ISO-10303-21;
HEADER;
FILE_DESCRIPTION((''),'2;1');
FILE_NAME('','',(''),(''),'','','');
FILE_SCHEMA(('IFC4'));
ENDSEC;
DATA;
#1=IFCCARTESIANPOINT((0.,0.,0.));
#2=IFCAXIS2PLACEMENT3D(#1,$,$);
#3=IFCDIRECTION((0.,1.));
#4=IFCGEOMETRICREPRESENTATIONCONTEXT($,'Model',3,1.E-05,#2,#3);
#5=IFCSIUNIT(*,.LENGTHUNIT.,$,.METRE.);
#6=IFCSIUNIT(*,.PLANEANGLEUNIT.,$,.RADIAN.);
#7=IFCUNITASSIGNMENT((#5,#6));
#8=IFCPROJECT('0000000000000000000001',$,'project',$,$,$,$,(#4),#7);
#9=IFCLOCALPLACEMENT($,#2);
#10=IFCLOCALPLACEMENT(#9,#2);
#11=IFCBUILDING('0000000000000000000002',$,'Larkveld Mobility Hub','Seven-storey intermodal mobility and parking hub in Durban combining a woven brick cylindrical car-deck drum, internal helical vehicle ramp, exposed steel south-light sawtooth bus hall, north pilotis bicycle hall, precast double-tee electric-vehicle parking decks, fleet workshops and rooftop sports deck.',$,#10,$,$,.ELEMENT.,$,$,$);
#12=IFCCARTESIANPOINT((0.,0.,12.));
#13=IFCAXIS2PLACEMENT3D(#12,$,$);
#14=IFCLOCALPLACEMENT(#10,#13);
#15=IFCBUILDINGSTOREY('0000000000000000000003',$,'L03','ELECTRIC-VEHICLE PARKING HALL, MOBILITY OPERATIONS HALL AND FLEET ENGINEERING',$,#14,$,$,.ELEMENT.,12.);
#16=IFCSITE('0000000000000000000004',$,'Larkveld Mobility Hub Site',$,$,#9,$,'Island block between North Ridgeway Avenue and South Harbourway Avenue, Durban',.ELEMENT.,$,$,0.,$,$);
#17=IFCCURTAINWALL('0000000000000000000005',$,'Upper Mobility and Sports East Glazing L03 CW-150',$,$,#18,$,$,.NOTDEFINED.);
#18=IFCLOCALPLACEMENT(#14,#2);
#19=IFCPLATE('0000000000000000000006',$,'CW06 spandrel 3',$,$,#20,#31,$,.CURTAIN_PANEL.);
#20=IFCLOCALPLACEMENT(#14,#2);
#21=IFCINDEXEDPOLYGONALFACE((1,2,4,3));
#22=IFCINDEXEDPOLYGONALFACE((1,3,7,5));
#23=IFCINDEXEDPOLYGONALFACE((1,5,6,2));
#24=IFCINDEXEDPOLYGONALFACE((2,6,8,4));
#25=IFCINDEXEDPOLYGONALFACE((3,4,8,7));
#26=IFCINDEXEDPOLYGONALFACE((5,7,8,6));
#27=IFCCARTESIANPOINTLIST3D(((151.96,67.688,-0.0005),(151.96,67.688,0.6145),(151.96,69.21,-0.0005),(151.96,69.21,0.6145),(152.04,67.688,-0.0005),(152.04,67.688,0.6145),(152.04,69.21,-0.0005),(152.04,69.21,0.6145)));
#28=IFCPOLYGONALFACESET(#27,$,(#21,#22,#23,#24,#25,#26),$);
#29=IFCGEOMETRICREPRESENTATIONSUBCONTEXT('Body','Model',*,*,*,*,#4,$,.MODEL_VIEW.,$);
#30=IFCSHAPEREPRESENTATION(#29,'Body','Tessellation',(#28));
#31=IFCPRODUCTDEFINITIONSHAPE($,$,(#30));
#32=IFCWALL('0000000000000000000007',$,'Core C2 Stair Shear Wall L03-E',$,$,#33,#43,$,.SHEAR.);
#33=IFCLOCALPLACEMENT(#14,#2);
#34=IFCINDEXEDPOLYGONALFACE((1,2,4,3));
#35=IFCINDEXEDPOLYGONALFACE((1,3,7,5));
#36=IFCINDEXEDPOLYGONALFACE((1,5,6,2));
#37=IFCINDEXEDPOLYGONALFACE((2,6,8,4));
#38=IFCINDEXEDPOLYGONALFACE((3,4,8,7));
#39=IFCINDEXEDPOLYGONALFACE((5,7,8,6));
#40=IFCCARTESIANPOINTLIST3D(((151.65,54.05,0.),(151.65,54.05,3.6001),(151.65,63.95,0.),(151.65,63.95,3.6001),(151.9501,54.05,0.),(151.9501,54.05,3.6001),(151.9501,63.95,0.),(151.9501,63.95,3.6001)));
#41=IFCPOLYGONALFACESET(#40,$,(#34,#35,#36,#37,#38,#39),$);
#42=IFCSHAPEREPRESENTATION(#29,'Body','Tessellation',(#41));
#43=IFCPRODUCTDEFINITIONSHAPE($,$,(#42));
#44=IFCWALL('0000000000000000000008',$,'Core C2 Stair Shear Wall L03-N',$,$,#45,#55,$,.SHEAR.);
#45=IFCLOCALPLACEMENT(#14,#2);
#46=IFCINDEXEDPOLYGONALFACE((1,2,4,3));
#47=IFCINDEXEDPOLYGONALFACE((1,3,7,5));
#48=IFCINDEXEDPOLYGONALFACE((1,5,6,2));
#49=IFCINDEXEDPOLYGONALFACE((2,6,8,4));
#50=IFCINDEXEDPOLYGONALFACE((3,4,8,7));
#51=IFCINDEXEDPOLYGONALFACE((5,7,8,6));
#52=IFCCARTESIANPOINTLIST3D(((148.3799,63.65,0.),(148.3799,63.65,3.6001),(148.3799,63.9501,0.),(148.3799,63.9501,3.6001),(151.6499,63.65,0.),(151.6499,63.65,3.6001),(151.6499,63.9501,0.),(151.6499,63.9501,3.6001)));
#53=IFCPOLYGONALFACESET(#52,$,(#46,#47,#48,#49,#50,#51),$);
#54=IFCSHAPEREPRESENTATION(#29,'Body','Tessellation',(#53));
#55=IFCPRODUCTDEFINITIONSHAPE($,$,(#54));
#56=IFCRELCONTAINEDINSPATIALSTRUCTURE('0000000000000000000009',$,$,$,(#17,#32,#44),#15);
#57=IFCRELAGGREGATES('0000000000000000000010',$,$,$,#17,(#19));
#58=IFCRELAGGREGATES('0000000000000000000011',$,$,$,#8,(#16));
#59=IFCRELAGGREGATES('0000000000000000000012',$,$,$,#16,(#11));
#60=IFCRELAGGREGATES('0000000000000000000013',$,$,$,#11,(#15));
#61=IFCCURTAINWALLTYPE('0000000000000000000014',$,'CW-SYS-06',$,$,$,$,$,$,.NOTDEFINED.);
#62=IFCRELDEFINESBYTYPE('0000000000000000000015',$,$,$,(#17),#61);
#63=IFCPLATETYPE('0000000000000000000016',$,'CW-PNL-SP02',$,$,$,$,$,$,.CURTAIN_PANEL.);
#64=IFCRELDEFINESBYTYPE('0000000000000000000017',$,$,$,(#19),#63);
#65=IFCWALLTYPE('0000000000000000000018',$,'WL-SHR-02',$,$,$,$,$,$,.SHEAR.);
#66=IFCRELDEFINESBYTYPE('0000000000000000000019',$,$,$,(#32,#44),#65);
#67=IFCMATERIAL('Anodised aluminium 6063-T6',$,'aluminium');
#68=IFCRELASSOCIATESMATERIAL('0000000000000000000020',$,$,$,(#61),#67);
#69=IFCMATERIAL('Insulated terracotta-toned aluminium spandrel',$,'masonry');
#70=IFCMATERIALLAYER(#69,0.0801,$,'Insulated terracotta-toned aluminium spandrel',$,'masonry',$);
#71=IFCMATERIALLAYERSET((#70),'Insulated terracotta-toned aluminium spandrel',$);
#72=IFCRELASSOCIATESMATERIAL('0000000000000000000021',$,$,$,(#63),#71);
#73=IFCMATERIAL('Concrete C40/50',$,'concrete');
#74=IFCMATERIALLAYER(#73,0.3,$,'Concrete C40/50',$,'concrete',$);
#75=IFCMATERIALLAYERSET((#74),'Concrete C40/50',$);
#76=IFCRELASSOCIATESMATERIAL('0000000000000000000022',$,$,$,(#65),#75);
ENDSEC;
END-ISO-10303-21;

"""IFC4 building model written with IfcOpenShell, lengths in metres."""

from ifc_helpers import new_model, si_unit, direction, frame, frame_2d, origin, origin_2d, place, context, subcontext, project, spatial, rectangle, extrude, material, layer, layer_set, type_object, element, aggregate, save


model = new_model("IFC4")

# Units and contexts
model_context = context("Model", 3, precision=1e-05, world=origin(), true_north=direction((0.0, 1.0)))
body_context = subcontext(model_context, "Body", "Model", "MODEL_VIEW")
ifc_project = project(units=[si_unit("LENGTHUNIT", "METRE"), si_unit("PLANEANGLEUNIT", "RADIAN")], contexts=[model_context])

# Site, building, storey
site_placement = place(None, origin())
site = spatial("IfcSite", under=ifc_project, at=site_placement, Name="Larkveld Mobility Hub Site", LongName="Island block between North Ridgeway Avenue and South Harbourway Avenue, Durban", CompositionType="ELEMENT", RefElevation=0.0)
building_placement = place(site_placement, origin())
building = spatial("IfcBuilding", under=site, at=building_placement, Name="Larkveld Mobility Hub", Description="Seven-storey intermodal mobility and parking hub in Durban combining a woven brick cylindrical car-deck drum, internal helical vehicle ramp, exposed steel south-light sawtooth bus hall, north pilotis bicycle hall, precast double-tee electric-vehicle parking decks, fleet workshops and rooftop sports deck.", CompositionType="ELEMENT")
storey_placement = place(building_placement, frame((0.0, 0.0, 12.0)))
storey = spatial("IfcBuildingStorey", under=building, at=storey_placement, Name="L03", Description="ELECTRIC-VEHICLE PARKING HALL, MOBILITY OPERATIONS HALL AND FLEET ENGINEERING", CompositionType="ELEMENT", Elevation=12.0)

# Shared definitions
ifc_material_1 = material(Name="Concrete C40/50", Category="concrete")

# Curtain wall
ifc_material_2 = material(Name="Anodised aluminium 6063-T6", Category="aluminium")
curtain_wall_type = type_object("IfcCurtainWallType", Name="CW-SYS-06", PredefinedType="NOTDEFINED", material=ifc_material_2)
curtain_wall_placement = place(storey_placement, origin())
curtain_wall = element("IfcCurtainWall", 1, at=curtain_wall_placement, inside=storey, type_object=curtain_wall_type, Name="Upper Mobility and Sports East Glazing L03 CW-150", PredefinedType="NOTDEFINED")

# Plate
ifc_material_3 = material(Name="Insulated terracotta-toned aluminium spandrel", Category="masonry")
ifc_layer_1 = layer(ifc_material_3, 0.0801, Name="Insulated terracotta-toned aluminium spandrel", Category="masonry")
ifc_layer_set_1 = layer_set([ifc_layer_1], Name="Insulated terracotta-toned aluminium spandrel")
plate_type_1 = type_object("IfcPlateType", Name="CW-PNL-SP02", PredefinedType="CURTAIN_PANEL", material=ifc_layer_set_1)
plate_1_placement = place(storey_placement, frame((152.0, 68.449, -0.0005), z_axis=(0.0, 0.0, 1.0), x_axis=(0.0, 1.0, 0.0)))
plate_1 = element("IfcPlate", 2, at=plate_1_placement, type_object=plate_type_1, Name="CW06 spandrel 3", PredefinedType="CURTAIN_PANEL", context=body_context, shape_type="SweptSolid", body=[
    extrude(rectangle(XDim=1.522, YDim=0.0801, at=origin_2d()), origin(), (0.0, 0.0, 1.0), 0.615),
])
aggregate(curtain_wall, [plate_1])

# Walls
ifc_layer_2 = layer(ifc_material_1, 0.3, Name="Concrete C40/50", Category="concrete")
ifc_layer_set_2 = layer_set([ifc_layer_2], Name="Concrete C40/50")
wall_type = type_object("IfcWallType", Name="WL-SHR-02", PredefinedType="SHEAR", material=ifc_layer_set_2)
wall_1_placement = place(storey_placement, frame((151.8, 63.95, 0.0), z_axis=(0.0, 0.0, 1.0), x_axis=(0.0, -1.0, 0.0)))
element("IfcWall", 3, at=wall_1_placement, inside=storey, type_object=wall_type, Name="Core C2 Stair Shear Wall L03-E", PredefinedType="SHEAR", context=body_context, shape_type="SweptSolid", body=[
    extrude(rectangle(XDim=9.8999, YDim=0.3, at=frame_2d((4.95, 0.0))), origin(), (0.0, 0.0, 1.0), 3.6001),
])
wall_2_placement = place(storey_placement, frame((148.3799, 63.8, 0.0), z_axis=(0.0, 0.0, 1.0), x_axis=(1.0, 0.0, 0.0)))
element("IfcWall", 4, at=wall_2_placement, inside=storey, type_object=wall_type, Name="Core C2 Stair Shear Wall L03-N", PredefinedType="SHEAR", context=body_context, shape_type="SweptSolid", body=[
    extrude(rectangle(XDim=3.27, YDim=0.3, at=frame_2d((1.635, 0.0))), origin(), (0.0, 0.0, 1.0), 3.6001),
])

save(model, "model.ifc")
